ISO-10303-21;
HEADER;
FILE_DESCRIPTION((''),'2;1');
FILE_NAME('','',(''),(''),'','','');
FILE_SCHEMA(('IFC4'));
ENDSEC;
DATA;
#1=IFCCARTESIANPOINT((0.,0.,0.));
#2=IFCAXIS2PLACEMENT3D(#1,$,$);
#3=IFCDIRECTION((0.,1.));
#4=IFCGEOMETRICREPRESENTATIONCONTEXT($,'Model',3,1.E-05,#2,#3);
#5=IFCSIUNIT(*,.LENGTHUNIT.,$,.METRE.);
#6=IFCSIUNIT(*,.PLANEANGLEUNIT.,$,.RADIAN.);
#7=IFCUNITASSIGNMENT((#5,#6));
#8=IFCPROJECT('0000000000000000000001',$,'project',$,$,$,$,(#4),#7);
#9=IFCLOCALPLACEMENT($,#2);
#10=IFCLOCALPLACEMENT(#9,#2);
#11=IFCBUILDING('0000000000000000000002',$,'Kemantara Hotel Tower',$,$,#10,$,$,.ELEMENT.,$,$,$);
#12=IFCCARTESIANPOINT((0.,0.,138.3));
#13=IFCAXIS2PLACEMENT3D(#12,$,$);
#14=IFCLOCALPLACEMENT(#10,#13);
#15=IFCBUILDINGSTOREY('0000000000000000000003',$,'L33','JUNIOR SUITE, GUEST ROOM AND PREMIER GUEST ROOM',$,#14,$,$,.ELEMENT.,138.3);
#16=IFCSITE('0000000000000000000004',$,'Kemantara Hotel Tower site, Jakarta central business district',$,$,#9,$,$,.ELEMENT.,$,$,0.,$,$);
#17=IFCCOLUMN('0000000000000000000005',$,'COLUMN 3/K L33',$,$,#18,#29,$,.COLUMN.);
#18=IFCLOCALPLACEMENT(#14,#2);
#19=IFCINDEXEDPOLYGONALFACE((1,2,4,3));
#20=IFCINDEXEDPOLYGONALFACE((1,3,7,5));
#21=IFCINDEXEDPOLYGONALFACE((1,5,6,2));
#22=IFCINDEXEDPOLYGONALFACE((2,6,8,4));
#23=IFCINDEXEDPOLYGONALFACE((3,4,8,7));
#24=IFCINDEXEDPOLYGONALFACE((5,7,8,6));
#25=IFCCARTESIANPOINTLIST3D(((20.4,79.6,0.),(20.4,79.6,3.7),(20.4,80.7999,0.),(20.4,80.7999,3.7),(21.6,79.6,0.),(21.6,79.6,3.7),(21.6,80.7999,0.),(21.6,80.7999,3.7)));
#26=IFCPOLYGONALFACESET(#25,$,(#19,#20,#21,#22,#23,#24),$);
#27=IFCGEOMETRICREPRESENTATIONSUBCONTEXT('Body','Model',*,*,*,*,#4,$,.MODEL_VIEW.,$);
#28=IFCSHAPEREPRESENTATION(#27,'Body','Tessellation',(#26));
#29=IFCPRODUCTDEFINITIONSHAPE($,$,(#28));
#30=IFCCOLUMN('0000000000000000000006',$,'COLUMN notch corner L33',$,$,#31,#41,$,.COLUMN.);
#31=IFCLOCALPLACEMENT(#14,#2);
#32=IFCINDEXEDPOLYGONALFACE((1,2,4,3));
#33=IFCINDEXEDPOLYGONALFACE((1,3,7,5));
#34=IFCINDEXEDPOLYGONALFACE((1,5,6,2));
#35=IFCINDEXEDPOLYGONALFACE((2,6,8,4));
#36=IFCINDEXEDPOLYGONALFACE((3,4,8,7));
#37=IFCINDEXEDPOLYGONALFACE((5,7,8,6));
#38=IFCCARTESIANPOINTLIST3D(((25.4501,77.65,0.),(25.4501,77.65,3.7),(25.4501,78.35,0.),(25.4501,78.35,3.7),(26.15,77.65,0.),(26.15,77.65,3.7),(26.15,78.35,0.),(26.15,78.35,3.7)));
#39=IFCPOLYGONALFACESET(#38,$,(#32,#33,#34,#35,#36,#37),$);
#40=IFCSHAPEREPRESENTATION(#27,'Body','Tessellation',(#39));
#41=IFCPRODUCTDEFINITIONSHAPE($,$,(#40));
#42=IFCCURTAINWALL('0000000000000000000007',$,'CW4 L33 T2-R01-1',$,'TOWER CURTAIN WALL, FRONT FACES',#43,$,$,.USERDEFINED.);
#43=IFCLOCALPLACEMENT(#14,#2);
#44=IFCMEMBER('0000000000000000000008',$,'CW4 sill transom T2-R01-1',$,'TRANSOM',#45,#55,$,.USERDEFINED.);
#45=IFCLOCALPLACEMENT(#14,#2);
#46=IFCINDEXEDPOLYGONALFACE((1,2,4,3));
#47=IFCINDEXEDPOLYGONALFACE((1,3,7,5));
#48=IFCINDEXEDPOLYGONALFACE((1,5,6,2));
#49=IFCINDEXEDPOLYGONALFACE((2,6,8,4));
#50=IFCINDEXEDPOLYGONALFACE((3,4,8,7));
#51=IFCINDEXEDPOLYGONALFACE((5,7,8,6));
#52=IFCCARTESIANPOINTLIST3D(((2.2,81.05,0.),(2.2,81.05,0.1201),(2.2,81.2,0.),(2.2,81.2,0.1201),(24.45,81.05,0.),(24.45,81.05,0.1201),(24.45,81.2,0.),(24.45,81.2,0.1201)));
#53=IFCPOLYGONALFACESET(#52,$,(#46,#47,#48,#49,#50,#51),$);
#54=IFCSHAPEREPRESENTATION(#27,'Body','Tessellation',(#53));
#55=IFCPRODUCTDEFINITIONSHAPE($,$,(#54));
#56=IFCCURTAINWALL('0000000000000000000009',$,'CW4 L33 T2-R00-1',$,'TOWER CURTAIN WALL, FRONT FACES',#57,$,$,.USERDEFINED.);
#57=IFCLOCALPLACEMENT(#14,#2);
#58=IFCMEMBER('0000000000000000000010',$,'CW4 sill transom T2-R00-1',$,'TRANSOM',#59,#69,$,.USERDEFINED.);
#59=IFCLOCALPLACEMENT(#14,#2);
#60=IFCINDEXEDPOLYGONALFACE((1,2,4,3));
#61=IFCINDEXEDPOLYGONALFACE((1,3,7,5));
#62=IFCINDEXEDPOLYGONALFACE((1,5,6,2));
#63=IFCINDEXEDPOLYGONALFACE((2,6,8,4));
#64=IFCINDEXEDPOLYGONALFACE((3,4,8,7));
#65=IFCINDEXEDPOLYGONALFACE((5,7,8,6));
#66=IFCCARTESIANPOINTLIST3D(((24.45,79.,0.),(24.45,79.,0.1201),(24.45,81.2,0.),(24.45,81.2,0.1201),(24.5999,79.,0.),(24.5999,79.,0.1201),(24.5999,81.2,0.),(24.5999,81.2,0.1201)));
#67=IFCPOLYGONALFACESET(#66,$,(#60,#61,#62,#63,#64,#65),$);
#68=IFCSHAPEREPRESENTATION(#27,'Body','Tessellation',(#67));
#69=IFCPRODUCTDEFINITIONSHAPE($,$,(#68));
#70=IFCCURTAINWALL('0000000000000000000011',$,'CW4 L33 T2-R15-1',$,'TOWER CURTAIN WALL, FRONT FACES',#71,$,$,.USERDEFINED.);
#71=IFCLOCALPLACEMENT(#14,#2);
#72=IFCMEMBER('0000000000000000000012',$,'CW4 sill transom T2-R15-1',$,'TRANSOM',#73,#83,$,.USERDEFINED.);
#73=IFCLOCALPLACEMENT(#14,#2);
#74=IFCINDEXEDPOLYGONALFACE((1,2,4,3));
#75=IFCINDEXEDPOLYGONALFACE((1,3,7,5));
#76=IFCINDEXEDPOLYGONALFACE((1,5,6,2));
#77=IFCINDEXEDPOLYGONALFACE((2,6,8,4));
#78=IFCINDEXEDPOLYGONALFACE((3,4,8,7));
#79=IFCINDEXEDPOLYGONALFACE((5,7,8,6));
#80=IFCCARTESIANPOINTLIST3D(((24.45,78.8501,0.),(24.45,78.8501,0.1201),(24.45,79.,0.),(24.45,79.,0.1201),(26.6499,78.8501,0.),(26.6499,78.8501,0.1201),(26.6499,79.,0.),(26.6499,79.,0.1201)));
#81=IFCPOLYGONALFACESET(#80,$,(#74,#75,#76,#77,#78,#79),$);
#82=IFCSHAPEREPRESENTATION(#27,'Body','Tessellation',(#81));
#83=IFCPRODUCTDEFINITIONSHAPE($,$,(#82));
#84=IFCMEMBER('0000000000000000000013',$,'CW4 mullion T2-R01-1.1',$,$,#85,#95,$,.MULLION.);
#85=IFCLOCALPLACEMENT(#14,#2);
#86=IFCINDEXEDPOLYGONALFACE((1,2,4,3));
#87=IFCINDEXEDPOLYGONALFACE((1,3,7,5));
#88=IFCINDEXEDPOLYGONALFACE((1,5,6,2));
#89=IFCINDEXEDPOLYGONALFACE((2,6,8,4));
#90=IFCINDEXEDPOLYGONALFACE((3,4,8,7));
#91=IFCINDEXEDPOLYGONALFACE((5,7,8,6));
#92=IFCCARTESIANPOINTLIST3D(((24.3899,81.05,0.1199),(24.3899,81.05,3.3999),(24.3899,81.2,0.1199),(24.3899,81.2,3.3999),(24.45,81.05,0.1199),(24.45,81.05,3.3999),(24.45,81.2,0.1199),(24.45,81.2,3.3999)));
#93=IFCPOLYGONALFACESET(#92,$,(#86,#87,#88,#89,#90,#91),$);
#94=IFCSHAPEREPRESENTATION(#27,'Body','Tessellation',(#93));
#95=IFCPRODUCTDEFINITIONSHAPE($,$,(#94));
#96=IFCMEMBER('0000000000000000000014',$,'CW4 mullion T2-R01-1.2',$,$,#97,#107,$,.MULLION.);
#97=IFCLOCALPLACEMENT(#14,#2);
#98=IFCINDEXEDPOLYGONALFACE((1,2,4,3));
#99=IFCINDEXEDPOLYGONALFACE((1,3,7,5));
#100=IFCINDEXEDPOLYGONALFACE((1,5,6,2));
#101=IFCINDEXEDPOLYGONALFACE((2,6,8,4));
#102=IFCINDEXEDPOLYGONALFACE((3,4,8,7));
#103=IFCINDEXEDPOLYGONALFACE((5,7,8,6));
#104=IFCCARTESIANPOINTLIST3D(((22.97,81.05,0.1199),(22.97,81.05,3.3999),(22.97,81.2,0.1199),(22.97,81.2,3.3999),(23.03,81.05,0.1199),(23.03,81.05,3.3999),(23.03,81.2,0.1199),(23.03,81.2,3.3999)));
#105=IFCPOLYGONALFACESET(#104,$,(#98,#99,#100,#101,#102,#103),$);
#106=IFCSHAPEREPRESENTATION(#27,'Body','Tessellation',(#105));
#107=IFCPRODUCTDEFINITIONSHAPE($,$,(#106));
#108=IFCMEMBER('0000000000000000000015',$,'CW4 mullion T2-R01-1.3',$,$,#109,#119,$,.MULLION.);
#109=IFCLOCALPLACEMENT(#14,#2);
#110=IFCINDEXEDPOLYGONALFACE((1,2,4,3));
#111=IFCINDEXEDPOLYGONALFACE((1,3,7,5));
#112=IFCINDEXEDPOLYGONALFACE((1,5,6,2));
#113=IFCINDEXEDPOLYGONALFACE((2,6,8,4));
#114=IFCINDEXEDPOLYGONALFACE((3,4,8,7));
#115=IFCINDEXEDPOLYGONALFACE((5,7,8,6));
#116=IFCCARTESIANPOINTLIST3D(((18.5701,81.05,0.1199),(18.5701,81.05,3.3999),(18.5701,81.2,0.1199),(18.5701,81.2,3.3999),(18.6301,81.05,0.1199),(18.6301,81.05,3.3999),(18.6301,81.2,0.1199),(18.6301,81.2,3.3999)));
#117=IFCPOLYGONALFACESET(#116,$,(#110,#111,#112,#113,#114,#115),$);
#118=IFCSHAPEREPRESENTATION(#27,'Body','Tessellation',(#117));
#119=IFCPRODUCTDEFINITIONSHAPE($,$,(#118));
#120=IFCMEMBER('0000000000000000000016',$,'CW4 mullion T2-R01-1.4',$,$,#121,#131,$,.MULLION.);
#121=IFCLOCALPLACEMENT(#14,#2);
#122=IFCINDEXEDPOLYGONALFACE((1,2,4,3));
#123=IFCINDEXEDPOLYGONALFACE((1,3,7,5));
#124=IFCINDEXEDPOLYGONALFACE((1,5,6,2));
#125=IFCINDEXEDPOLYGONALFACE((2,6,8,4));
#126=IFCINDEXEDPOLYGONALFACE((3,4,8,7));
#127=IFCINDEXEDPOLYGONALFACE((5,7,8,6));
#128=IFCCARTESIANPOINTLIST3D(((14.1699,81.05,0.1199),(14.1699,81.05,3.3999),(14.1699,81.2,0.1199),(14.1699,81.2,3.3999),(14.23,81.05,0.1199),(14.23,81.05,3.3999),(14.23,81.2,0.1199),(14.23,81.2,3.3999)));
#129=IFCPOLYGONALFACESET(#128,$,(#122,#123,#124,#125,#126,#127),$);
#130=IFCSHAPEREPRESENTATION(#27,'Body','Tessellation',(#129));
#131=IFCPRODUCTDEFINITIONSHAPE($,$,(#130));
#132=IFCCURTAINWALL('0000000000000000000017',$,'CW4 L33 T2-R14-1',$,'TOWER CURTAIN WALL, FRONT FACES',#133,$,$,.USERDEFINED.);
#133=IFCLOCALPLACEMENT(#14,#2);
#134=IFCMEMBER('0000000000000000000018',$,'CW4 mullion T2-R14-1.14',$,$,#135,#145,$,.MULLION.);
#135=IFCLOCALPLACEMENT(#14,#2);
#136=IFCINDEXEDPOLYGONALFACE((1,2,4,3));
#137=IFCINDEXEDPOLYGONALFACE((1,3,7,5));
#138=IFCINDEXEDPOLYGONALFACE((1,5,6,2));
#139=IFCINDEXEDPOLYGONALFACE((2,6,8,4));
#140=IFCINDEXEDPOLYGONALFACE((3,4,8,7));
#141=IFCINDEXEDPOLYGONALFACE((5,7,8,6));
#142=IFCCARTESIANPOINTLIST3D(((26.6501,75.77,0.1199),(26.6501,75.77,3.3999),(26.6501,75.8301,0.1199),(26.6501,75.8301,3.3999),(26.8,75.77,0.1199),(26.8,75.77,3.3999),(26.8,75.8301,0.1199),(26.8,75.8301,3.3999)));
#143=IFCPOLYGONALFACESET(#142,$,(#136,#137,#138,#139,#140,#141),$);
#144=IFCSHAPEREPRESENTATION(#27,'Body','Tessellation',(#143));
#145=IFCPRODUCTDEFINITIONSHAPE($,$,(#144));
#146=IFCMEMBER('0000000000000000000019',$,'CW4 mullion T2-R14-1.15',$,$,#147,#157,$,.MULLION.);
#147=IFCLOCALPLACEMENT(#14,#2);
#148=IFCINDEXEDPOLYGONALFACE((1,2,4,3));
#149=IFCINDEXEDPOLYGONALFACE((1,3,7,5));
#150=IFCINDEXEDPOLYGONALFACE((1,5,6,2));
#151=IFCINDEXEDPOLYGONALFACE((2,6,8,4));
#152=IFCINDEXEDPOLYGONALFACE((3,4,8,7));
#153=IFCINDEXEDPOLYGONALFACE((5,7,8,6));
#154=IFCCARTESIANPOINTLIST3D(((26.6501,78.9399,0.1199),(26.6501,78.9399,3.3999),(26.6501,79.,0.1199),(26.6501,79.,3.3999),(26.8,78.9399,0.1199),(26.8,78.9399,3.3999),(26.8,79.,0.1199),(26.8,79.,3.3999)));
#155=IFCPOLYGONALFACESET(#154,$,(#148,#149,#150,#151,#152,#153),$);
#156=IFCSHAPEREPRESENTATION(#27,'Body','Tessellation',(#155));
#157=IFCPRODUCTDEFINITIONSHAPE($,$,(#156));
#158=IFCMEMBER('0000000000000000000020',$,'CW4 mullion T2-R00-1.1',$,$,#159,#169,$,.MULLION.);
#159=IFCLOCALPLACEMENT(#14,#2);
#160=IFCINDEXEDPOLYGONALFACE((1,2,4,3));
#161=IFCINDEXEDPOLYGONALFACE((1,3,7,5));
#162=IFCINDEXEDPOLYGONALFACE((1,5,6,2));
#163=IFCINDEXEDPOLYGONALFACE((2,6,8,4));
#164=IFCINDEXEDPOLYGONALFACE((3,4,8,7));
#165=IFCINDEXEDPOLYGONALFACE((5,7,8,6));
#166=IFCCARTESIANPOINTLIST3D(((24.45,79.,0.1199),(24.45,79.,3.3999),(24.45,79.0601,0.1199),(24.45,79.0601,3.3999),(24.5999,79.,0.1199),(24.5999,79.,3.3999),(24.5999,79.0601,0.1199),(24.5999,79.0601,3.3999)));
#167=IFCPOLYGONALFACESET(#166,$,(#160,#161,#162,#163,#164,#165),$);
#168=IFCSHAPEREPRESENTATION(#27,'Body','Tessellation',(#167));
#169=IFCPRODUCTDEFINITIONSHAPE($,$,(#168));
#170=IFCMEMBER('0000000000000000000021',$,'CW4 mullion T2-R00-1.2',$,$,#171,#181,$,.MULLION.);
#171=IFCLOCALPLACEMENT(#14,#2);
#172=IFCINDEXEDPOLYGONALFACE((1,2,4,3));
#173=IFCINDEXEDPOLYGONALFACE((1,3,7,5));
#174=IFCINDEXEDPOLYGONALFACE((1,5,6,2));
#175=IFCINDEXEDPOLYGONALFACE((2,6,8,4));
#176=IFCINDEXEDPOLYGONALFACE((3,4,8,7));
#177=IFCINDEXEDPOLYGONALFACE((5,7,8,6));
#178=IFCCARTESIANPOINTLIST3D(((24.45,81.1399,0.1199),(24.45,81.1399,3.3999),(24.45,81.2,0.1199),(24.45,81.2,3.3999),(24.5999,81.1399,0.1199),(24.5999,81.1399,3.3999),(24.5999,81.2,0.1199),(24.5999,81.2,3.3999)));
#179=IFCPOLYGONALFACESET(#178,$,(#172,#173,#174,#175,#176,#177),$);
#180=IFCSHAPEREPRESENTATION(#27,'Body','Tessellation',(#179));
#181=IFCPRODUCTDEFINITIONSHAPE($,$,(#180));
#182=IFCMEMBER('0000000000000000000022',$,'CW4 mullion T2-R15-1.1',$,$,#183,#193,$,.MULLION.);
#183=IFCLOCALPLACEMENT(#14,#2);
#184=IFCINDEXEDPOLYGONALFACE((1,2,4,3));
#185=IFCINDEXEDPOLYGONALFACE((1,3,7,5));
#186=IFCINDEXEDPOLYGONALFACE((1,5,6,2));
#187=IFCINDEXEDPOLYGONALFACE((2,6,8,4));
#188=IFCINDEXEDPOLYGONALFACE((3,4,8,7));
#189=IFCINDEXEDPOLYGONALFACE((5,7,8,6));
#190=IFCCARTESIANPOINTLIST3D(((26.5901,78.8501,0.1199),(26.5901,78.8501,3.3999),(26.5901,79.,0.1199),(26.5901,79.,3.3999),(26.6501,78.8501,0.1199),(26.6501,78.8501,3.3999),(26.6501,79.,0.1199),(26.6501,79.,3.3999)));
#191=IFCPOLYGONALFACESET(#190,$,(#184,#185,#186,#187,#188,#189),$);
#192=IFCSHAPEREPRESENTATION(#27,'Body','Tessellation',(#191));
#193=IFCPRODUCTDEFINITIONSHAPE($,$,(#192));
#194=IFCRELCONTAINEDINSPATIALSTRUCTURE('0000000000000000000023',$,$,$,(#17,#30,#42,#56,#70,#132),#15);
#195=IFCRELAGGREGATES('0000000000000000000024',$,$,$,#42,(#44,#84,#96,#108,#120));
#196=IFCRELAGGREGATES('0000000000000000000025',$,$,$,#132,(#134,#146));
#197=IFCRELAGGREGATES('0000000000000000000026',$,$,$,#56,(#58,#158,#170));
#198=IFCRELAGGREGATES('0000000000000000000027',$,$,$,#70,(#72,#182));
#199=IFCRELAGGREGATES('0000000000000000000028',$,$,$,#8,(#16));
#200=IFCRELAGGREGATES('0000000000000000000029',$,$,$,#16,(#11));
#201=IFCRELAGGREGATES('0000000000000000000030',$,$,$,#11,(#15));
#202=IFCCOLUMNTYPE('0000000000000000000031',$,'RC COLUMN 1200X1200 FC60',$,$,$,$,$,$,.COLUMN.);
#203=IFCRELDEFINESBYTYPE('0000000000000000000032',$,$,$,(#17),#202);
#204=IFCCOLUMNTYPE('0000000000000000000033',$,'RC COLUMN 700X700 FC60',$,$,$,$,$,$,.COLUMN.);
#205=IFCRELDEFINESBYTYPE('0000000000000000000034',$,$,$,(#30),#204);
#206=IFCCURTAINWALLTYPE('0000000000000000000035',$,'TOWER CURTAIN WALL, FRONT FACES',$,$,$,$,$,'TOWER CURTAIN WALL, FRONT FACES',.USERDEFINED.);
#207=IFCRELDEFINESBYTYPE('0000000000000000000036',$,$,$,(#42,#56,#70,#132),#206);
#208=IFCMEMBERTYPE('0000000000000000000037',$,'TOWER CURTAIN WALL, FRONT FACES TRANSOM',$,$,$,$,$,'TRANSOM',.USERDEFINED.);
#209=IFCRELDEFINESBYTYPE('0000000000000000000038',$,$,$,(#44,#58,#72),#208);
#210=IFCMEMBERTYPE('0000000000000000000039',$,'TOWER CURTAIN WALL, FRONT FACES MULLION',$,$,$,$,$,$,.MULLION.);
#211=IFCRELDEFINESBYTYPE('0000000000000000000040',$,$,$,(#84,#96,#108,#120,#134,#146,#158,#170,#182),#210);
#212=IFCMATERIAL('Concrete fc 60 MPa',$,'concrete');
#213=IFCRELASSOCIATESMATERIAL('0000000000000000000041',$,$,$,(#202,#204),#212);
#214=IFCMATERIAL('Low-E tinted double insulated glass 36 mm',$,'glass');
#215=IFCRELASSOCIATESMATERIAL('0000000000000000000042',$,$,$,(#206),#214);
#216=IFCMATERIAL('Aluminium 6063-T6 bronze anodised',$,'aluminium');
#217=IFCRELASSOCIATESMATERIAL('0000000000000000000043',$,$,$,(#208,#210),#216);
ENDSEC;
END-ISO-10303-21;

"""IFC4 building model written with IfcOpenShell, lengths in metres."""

from ifc_helpers import new_model, si_unit, direction, frame, origin, origin_2d, place, context, subcontext, project, spatial, rectangle, extrude, source, transform, mapped, material, material_profile, profile_set, type_object, element, aggregate, save


model = new_model("IFC4")

# Units and contexts
model_context = context("Model", 3, precision=1e-05, world=origin(), true_north=direction((0.0, 1.0)))
body_context = subcontext(model_context, "Body", "Model", "MODEL_VIEW")
ifc_project = project(units=[si_unit("LENGTHUNIT", "METRE"), si_unit("PLANEANGLEUNIT", "RADIAN")], contexts=[model_context])

# Site, building, storey
site_placement = place(None, origin())
site = spatial("IfcSite", under=ifc_project, at=site_placement, Name="Kemantara Hotel Tower site, Jakarta central business district", CompositionType="ELEMENT", RefElevation=0.0)
building_placement = place(site_placement, origin())
building = spatial("IfcBuilding", under=site, at=building_placement, Name="Kemantara Hotel Tower", CompositionType="ELEMENT")
storey_placement = place(building_placement, frame((0.0, 0.0, 138.3)))
storey = spatial("IfcBuildingStorey", under=building, at=storey_placement, Name="L33", Description="JUNIOR SUITE, GUEST ROOM AND PREMIER GUEST ROOM", CompositionType="ELEMENT", Elevation=138.3)

# Columns
ifc_material_1 = material(Name="Concrete fc 60 MPa", Category="concrete")
ifc_material_profile_1 = material_profile(ifc_material_1, rectangle(XDim=1.2, YDim=1.2, at=origin_2d()), Name="RC 1200X1200")
ifc_profile_set_1 = profile_set([ifc_material_profile_1], Name="Concrete fc 60 MPa")
column_type_1 = type_object("IfcColumnType", Name="RC COLUMN 1200X1200 FC60", PredefinedType="COLUMN", material=ifc_profile_set_1)
column_1_placement = place(storey_placement, frame((21.0, 80.2, 0.0), z_axis=(0.0, 0.0, 1.0), x_axis=(1.0, 0.0, 0.0)))
element("IfcColumn", 1, at=column_1_placement, inside=storey, type_object=column_type_1, Name="COLUMN 3/K L33", PredefinedType="COLUMN", context=body_context, shape_type="SweptSolid", body=[
    extrude(rectangle(XDim=1.2, YDim=1.2, at=origin_2d()), origin(), (0.0, 0.0, 1.0), 3.7),
])
ifc_material_profile_2 = material_profile(ifc_material_1, rectangle(XDim=0.7, YDim=0.7, at=origin_2d()), Name="RC 700X700")
ifc_profile_set_2 = profile_set([ifc_material_profile_2], Name="Concrete fc 60 MPa")
column_type_2 = type_object("IfcColumnType", Name="RC COLUMN 700X700 FC60", PredefinedType="COLUMN", material=ifc_profile_set_2)
column_2_placement = place(storey_placement, frame((25.8, 78.0, 0.0), z_axis=(0.0, 0.0, 1.0), x_axis=(1.0, 0.0, 0.0)))
element("IfcColumn", 2, at=column_2_placement, inside=storey, type_object=column_type_2, Name="COLUMN notch corner L33", PredefinedType="COLUMN", context=body_context, shape_type="SweptSolid", body=[
    extrude(rectangle(XDim=0.7, YDim=0.7, at=origin_2d()), origin(), (0.0, 0.0, 1.0), 3.7),
])

# Curtain walls, members
ifc_material_2 = material(Name="Low-E tinted double insulated glass 36 mm", Category="glass")
curtain_wall_type = type_object("IfcCurtainWallType", Name="TOWER CURTAIN WALL, FRONT FACES", ElementType="TOWER CURTAIN WALL, FRONT FACES", PredefinedType="USERDEFINED", material=ifc_material_2)
curtain_wall_1_placement = place(storey_placement, origin())
curtain_wall_1 = element("IfcCurtainWall", 3, at=curtain_wall_1_placement, inside=storey, type_object=curtain_wall_type, Name="CW4 L33 T2-R01-1", ObjectType="TOWER CURTAIN WALL, FRONT FACES", PredefinedType="USERDEFINED")
ifc_material_3 = material(Name="Aluminium 6063-T6 bronze anodised", Category="aluminium")
ifc_material_profile_3 = material_profile(ifc_material_3, rectangle(XDim=0.1499, YDim=0.1201, at=origin_2d()), Name="TOWER CURTAIN WALL, FRONT FACES TRANSOM")
ifc_profile_set_3 = profile_set([ifc_material_profile_3], Name="Aluminium 6063-T6 bronze anodised")
member_type_1 = type_object("IfcMemberType", Name="TOWER CURTAIN WALL, FRONT FACES TRANSOM", ElementType="TRANSOM", PredefinedType="USERDEFINED", material=ifc_profile_set_3)
member_1_placement = place(storey_placement, frame((24.45, 81.125, 0.0601), z_axis=(-1.0, 0.0, 0.0), x_axis=(0.0, -1.0, 0.0)))
member_1 = element("IfcMember", 4, at=member_1_placement, type_object=member_type_1, Name="CW4 sill transom T2-R01-1", ObjectType="TRANSOM", PredefinedType="USERDEFINED", context=body_context, shape_type="SweptSolid", body=[
    extrude(rectangle(XDim=0.1499, YDim=0.1201, at=origin_2d()), origin(), (0.0, 0.0, 1.0), 22.25),
])
curtain_wall_2_placement = place(storey_placement, origin())
curtain_wall_2 = element("IfcCurtainWall", 5, at=curtain_wall_2_placement, inside=storey, type_object=curtain_wall_type, Name="CW4 L33 T2-R00-1", ObjectType="TOWER CURTAIN WALL, FRONT FACES", PredefinedType="USERDEFINED")
member_2_placement = place(storey_placement, frame((24.5249, 79.0, 0.0601), z_axis=(0.0, 1.0, 0.0), x_axis=(-1.0, 0.0, 0.0)))
member_2 = element("IfcMember", 6, at=member_2_placement, type_object=member_type_1, Name="CW4 sill transom T2-R00-1", ObjectType="TRANSOM", PredefinedType="USERDEFINED", context=body_context, shape_type="SweptSolid", body=[
    extrude(rectangle(XDim=0.1499, YDim=0.1201, at=origin_2d()), origin(), (0.0, 0.0, 1.0), 2.2),
])
curtain_wall_3_placement = place(storey_placement, origin())
curtain_wall_3 = element("IfcCurtainWall", 7, at=curtain_wall_3_placement, inside=storey, type_object=curtain_wall_type, Name="CW4 L33 T2-R15-1", ObjectType="TOWER CURTAIN WALL, FRONT FACES", PredefinedType="USERDEFINED")
member_3_placement = place(storey_placement, frame((26.6499, 78.925, 0.0601), z_axis=(-1.0, 0.0, 0.0), x_axis=(0.0, -1.0, 0.0)))
member_3 = element("IfcMember", 8, at=member_3_placement, type_object=member_type_1, Name="CW4 sill transom T2-R15-1", ObjectType="TRANSOM", PredefinedType="USERDEFINED", context=body_context, shape_type="SweptSolid", body=[
    extrude(rectangle(XDim=0.1499, YDim=0.1201, at=origin_2d()), origin(), (0.0, 0.0, 1.0), 2.2),
])

# Members
ifc_material_profile_4 = material_profile(ifc_material_3, rectangle(XDim=0.1499, YDim=0.0601, at=origin_2d()), Name="TOWER CURTAIN WALL, FRONT FACES MULLION")
ifc_profile_set_4 = profile_set([ifc_material_profile_4], Name="Aluminium 6063-T6 bronze anodised")
member_type_2 = type_object("IfcMemberType", Name="TOWER CURTAIN WALL, FRONT FACES MULLION", PredefinedType="MULLION", material=ifc_profile_set_4)
shared_shape_1 = source(origin(), body_context, "Body", "SweptSolid", [
    extrude(rectangle(XDim=0.1499, YDim=0.0601, at=origin_2d()), origin(), (0.0, 0.0, 1.0), 3.28),
])
member_4_placement = place(storey_placement, frame((24.4199, 81.125, 0.1199), z_axis=(0.0, 0.0, 1.0), x_axis=(0.0, -1.0, 0.0)))
member_4 = element("IfcMember", 9, at=member_4_placement, type_object=member_type_2, Name="CW4 mullion T2-R01-1.1", PredefinedType="MULLION", context=body_context, shape_type="MappedRepresentation", body=[
    mapped(shared_shape_1, transform((0.0, 0.0, 0.0))),
])
member_5_placement = place(storey_placement, frame((23.0, 81.125, 0.1199), z_axis=(0.0, 0.0, 1.0), x_axis=(0.0, -1.0, 0.0)))
member_5 = element("IfcMember", 10, at=member_5_placement, type_object=member_type_2, Name="CW4 mullion T2-R01-1.2", PredefinedType="MULLION", context=body_context, shape_type="MappedRepresentation", body=[
    mapped(shared_shape_1, transform((0.0, 0.0, 0.0))),
])
member_6_placement = place(storey_placement, frame((18.6001, 81.125, 0.1199), z_axis=(0.0, 0.0, 1.0), x_axis=(0.0, -1.0, 0.0)))
member_6 = element("IfcMember", 11, at=member_6_placement, type_object=member_type_2, Name="CW4 mullion T2-R01-1.3", PredefinedType="MULLION", context=body_context, shape_type="MappedRepresentation", body=[
    mapped(shared_shape_1, transform((0.0, 0.0, 0.0))),
])
member_7_placement = place(storey_placement, frame((14.2, 81.125, 0.1199), z_axis=(0.0, 0.0, 1.0), x_axis=(0.0, -1.0, 0.0)))
member_7 = element("IfcMember", 12, at=member_7_placement, type_object=member_type_2, Name="CW4 mullion T2-R01-1.4", PredefinedType="MULLION", context=body_context, shape_type="MappedRepresentation", body=[
    mapped(shared_shape_1, transform((0.0, 0.0, 0.0))),
])

# Curtain wall, members
curtain_wall_4_placement = place(storey_placement, origin())
curtain_wall_4 = element("IfcCurtainWall", 13, at=curtain_wall_4_placement, inside=storey, type_object=curtain_wall_type, Name="CW4 L33 T2-R14-1", ObjectType="TOWER CURTAIN WALL, FRONT FACES", PredefinedType="USERDEFINED")
member_8_placement = place(storey_placement, frame((26.7251, 75.8, 0.1199), z_axis=(0.0, 0.0, 1.0), x_axis=(-1.0, 0.0, 0.0)))
member_8 = element("IfcMember", 14, at=member_8_placement, type_object=member_type_2, Name="CW4 mullion T2-R14-1.14", PredefinedType="MULLION", context=body_context, shape_type="MappedRepresentation", body=[
    mapped(shared_shape_1, transform((0.0, 0.0, 0.0))),
])
member_9_placement = place(storey_placement, frame((26.7251, 78.97, 0.1199), z_axis=(0.0, 0.0, 1.0), x_axis=(-1.0, 0.0, 0.0)))
member_9 = element("IfcMember", 15, at=member_9_placement, type_object=member_type_2, Name="CW4 mullion T2-R14-1.15", PredefinedType="MULLION", context=body_context, shape_type="MappedRepresentation", body=[
    mapped(shared_shape_1, transform((0.0, 0.0, 0.0))),
])

# Members
member_10_placement = place(storey_placement, frame((24.5249, 79.03, 0.1199), z_axis=(0.0, 0.0, 1.0), x_axis=(-1.0, 0.0, 0.0)))
member_10 = element("IfcMember", 16, at=member_10_placement, type_object=member_type_2, Name="CW4 mullion T2-R00-1.1", PredefinedType="MULLION", context=body_context, shape_type="MappedRepresentation", body=[
    mapped(shared_shape_1, transform((0.0, 0.0, 0.0))),
])
member_11_placement = place(storey_placement, frame((24.5249, 81.1699, 0.1199), z_axis=(0.0, 0.0, 1.0), x_axis=(-1.0, 0.0, 0.0)))
member_11 = element("IfcMember", 17, at=member_11_placement, type_object=member_type_2, Name="CW4 mullion T2-R00-1.2", PredefinedType="MULLION", context=body_context, shape_type="MappedRepresentation", body=[
    mapped(shared_shape_1, transform((0.0, 0.0, 0.0))),
])
member_12_placement = place(storey_placement, frame((26.6201, 78.925, 0.1199), z_axis=(0.0, 0.0, 1.0), x_axis=(0.0, -1.0, 0.0)))
member_12 = element("IfcMember", 18, at=member_12_placement, type_object=member_type_2, Name="CW4 mullion T2-R15-1.1", PredefinedType="MULLION", context=body_context, shape_type="MappedRepresentation", body=[
    mapped(shared_shape_1, transform((0.0, 0.0, 0.0))),
])

aggregate(curtain_wall_1, [member_1, member_4, member_5, member_6, member_7])
aggregate(curtain_wall_4, [member_8, member_9])
aggregate(curtain_wall_2, [member_2, member_10, member_11])
aggregate(curtain_wall_3, [member_3, member_12])

save(model, "model.ifc")
